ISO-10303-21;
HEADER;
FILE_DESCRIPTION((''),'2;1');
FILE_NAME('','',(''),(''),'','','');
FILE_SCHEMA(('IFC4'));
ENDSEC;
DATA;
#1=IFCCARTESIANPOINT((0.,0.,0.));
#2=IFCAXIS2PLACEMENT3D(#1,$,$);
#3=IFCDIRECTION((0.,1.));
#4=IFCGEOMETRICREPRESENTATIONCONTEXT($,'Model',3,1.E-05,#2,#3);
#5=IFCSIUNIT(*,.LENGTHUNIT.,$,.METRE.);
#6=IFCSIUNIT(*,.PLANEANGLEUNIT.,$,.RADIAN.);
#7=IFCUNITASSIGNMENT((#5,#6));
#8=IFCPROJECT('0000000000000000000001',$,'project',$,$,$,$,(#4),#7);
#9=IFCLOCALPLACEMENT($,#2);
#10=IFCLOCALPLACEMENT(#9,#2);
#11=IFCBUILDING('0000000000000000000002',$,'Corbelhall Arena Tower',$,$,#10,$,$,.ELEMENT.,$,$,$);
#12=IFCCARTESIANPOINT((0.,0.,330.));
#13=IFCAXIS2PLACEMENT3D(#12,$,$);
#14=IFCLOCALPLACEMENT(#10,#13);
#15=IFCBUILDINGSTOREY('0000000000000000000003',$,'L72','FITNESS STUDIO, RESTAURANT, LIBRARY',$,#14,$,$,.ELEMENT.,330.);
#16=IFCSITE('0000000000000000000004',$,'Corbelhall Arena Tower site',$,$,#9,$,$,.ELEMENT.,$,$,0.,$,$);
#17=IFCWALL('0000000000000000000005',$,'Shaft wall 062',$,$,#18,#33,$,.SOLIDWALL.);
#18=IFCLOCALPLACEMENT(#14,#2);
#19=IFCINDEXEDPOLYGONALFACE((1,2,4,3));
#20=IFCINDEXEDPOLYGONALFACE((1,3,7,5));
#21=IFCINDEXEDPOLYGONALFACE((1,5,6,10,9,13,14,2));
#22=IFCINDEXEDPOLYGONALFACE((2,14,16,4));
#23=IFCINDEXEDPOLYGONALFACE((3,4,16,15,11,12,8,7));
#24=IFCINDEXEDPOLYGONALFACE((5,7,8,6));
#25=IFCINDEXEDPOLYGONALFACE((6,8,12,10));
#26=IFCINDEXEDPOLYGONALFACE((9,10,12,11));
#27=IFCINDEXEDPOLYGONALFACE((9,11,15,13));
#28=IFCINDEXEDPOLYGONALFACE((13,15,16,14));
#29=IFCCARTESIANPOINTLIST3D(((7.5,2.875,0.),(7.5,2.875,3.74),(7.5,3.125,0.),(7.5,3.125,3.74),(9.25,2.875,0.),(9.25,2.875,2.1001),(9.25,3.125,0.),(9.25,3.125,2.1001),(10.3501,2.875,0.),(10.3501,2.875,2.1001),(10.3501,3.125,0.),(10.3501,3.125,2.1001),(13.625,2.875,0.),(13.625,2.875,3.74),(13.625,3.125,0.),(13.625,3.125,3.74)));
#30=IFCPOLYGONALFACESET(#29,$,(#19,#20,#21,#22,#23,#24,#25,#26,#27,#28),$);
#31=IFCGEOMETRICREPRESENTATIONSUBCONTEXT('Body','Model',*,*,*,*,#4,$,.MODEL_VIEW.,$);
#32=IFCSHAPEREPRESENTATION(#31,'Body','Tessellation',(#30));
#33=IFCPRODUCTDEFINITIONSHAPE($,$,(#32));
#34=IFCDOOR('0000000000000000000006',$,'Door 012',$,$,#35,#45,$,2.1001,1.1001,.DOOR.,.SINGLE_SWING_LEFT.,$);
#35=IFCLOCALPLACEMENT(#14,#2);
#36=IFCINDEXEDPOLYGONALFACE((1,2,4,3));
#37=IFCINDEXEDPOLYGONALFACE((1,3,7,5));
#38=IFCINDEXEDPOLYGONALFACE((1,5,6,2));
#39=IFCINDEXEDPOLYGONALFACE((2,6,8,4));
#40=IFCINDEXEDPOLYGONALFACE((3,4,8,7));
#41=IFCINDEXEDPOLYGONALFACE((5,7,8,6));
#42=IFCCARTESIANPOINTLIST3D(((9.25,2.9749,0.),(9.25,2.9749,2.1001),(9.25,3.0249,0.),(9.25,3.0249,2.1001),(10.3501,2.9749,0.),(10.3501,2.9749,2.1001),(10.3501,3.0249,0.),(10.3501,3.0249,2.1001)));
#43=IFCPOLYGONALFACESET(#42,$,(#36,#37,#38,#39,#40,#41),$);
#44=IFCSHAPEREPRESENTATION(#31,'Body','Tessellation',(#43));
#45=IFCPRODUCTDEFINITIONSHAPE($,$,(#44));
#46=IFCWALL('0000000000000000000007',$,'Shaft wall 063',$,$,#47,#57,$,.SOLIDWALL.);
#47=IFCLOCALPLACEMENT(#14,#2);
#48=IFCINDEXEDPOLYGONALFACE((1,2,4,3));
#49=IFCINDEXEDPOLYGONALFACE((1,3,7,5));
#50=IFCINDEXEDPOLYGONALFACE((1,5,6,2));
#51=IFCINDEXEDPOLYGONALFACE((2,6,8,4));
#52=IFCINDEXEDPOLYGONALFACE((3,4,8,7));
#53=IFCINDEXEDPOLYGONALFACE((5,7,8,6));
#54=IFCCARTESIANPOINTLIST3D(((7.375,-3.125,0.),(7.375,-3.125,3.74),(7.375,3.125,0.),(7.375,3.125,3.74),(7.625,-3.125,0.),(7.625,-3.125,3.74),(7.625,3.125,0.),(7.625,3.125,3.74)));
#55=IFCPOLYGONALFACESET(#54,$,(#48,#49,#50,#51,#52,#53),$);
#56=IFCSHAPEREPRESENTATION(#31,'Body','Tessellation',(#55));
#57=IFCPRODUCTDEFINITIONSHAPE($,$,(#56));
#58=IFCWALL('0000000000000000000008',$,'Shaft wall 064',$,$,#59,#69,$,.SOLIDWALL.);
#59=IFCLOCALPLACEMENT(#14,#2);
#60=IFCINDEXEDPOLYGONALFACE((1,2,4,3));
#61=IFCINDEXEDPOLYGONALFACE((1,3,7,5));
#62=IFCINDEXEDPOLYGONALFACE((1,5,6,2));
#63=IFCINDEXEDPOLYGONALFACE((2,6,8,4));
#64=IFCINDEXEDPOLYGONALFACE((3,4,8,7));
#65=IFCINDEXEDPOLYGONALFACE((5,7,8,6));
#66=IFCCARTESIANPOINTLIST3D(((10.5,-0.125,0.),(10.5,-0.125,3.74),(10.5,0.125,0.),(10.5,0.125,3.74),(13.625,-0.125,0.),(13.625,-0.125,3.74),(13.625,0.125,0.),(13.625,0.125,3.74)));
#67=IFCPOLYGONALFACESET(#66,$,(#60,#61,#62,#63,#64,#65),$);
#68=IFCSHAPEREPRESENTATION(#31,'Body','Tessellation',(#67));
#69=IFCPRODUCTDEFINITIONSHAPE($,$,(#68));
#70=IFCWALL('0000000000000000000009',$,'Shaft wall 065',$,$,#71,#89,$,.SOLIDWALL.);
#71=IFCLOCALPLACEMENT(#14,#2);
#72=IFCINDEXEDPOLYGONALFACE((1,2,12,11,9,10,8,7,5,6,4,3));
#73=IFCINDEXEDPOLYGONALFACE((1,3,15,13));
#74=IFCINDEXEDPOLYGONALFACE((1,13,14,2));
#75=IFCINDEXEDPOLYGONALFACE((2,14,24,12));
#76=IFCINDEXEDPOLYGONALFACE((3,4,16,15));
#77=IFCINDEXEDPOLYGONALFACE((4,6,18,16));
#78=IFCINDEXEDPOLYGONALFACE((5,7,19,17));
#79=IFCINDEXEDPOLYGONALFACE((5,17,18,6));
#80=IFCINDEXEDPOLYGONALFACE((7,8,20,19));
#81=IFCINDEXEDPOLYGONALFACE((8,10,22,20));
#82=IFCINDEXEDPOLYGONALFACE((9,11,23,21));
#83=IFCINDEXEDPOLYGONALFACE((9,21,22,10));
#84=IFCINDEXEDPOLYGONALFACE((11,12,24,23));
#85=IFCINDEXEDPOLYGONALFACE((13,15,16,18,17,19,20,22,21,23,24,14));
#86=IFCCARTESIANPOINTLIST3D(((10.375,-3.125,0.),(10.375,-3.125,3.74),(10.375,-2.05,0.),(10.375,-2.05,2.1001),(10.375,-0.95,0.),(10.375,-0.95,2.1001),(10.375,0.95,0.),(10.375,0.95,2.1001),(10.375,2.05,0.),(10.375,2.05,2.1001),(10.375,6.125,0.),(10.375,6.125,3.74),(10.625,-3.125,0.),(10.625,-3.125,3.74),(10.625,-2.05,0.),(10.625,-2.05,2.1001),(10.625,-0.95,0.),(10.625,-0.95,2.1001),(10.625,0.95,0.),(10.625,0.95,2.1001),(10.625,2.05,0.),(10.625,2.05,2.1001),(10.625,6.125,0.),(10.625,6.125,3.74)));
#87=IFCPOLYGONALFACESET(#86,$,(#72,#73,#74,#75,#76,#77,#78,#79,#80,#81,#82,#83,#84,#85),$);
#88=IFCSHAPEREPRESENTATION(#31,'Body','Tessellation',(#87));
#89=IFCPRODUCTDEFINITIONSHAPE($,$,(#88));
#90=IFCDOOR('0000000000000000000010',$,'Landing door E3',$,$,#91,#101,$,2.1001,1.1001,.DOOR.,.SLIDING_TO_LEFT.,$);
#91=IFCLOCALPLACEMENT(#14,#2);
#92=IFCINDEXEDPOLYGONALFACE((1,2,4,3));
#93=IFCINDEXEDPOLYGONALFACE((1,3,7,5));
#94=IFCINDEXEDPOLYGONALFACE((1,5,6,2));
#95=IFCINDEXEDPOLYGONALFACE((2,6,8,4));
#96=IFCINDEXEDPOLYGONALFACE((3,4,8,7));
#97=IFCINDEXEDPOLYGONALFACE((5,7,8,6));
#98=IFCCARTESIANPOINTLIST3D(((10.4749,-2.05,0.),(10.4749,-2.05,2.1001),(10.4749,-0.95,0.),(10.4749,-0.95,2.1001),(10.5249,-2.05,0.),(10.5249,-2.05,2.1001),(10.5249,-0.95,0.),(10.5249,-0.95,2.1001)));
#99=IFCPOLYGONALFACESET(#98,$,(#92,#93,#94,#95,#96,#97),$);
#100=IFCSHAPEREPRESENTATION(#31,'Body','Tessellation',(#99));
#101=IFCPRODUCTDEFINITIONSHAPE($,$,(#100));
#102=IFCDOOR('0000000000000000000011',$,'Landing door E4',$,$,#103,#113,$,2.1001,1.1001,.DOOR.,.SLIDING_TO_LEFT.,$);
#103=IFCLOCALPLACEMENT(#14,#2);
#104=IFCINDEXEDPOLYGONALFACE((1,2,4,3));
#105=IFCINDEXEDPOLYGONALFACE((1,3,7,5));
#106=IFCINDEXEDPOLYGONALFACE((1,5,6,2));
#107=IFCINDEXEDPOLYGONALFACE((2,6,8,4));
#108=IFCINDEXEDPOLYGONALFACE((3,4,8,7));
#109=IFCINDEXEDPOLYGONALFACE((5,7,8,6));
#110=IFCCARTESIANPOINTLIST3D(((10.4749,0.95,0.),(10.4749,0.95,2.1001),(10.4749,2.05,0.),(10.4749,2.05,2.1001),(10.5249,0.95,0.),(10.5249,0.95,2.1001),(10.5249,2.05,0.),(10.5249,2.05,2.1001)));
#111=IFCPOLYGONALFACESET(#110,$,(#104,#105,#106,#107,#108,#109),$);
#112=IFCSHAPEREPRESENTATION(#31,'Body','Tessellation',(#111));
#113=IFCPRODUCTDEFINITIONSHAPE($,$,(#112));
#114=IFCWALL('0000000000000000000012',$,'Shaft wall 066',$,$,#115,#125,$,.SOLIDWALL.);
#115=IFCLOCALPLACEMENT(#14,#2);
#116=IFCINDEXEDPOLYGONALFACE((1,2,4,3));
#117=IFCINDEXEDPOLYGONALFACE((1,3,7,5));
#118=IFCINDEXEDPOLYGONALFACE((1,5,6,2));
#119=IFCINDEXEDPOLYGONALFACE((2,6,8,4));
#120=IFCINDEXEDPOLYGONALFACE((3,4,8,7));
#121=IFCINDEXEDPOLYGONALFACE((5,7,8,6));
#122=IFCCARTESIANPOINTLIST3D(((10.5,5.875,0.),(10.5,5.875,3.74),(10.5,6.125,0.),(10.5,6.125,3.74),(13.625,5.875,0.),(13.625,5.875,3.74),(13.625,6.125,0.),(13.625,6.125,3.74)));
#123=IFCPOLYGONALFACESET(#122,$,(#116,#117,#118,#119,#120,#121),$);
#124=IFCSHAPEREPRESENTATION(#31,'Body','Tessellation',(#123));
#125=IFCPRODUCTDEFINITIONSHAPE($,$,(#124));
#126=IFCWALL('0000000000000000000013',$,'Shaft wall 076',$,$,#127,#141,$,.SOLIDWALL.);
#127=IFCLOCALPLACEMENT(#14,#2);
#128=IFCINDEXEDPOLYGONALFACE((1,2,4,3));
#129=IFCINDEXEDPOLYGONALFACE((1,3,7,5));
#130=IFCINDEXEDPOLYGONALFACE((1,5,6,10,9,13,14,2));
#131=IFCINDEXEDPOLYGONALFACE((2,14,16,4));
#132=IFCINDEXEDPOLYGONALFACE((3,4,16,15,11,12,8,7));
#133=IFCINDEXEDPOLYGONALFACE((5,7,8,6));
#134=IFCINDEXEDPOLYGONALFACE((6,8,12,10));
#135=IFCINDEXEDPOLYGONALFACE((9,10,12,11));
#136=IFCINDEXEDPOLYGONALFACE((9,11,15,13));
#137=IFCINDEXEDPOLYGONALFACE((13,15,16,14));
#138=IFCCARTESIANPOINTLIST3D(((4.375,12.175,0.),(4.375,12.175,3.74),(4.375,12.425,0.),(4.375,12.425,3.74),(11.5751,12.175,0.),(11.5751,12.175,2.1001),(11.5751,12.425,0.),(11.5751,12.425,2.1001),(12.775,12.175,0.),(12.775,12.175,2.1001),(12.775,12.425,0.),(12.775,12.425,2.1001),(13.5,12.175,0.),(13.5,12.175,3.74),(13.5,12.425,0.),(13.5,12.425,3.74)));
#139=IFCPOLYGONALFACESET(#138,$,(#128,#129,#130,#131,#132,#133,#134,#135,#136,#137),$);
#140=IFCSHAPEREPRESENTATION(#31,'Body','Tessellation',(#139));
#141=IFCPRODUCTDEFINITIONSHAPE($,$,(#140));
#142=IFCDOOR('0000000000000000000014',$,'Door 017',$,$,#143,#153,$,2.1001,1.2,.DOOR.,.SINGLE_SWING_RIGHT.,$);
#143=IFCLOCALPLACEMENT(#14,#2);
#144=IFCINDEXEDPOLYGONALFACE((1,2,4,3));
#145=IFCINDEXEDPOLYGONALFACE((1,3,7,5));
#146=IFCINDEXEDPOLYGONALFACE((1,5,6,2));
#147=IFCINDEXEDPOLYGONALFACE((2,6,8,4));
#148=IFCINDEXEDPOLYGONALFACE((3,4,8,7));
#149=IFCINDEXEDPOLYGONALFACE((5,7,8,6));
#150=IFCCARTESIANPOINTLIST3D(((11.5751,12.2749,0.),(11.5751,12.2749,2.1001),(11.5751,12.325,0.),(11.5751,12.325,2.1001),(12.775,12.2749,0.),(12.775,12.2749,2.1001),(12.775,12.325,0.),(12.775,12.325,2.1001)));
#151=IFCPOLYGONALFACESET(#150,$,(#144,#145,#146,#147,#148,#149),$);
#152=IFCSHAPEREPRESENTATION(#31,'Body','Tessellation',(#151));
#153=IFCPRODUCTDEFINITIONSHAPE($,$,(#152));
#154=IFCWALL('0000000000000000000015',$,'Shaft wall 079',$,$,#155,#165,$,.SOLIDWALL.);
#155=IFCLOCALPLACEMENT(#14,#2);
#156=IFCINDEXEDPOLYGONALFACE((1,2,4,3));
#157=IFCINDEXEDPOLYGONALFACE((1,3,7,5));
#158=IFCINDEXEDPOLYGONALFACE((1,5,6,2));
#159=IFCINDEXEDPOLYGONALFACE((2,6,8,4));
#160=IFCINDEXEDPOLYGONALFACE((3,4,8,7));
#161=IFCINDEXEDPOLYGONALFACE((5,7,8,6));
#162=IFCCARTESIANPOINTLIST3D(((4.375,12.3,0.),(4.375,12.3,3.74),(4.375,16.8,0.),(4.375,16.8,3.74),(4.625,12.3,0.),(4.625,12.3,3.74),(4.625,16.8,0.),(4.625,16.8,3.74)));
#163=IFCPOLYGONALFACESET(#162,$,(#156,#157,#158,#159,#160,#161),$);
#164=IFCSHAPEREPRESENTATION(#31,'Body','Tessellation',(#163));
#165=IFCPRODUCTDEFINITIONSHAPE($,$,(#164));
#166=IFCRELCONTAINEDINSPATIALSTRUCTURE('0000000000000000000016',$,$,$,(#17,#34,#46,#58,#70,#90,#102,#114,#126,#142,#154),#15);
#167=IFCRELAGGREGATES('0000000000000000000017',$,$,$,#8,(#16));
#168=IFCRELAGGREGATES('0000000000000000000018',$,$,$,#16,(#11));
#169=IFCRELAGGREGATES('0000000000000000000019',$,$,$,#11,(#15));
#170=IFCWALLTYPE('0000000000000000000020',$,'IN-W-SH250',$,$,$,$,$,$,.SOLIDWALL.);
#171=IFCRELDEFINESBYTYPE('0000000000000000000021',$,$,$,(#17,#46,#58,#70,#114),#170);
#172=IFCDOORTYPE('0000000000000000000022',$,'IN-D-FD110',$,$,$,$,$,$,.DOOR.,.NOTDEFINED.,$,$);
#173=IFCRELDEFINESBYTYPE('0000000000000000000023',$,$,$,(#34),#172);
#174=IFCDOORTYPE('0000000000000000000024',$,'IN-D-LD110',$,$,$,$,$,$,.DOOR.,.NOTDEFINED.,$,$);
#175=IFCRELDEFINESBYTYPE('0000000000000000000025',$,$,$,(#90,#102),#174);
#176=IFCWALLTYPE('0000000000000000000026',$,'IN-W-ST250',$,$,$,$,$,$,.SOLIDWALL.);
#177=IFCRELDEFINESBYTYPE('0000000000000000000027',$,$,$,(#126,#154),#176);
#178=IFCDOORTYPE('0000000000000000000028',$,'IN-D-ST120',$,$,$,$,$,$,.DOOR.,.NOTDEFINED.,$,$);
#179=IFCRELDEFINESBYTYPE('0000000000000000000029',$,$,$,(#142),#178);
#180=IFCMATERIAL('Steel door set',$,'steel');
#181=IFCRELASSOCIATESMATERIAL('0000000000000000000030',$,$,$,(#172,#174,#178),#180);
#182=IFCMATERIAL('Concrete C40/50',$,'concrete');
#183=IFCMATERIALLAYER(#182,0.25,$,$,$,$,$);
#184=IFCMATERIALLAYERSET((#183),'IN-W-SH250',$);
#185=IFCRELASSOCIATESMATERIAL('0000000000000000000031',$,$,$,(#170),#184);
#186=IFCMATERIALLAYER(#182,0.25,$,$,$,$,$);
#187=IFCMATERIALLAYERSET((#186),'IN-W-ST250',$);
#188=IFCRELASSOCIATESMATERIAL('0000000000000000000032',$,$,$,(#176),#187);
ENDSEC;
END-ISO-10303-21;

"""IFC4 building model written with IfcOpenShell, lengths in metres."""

from ifc_helpers import new_model, si_unit, direction, frame, frame_2d, origin, place, context, subcontext, project, spatial, rectangle, extrude, material, layer, layer_set, type_object, element, fill, save


model = new_model("IFC4")

# Units and contexts
model_context = context("Model", 3, precision=1e-05, world=origin(), true_north=direction((0.0, 1.0)))
body_context = subcontext(model_context, "Body", "Model", "MODEL_VIEW")
ifc_project = project(units=[si_unit("LENGTHUNIT", "METRE"), si_unit("PLANEANGLEUNIT", "RADIAN")], contexts=[model_context])

# Site, building, storey
site_placement = place(None, origin())
site = spatial("IfcSite", under=ifc_project, at=site_placement, Name="Corbelhall Arena Tower site", CompositionType="ELEMENT", RefElevation=0.0)
building_placement = place(site_placement, origin())
building = spatial("IfcBuilding", under=site, at=building_placement, Name="Corbelhall Arena Tower", CompositionType="ELEMENT")
storey_placement = place(building_placement, frame((0.0, 0.0, 330.0)))
storey = spatial("IfcBuildingStorey", under=building, at=storey_placement, Name="L72", Description="FITNESS STUDIO, RESTAURANT, LIBRARY", CompositionType="ELEMENT", Elevation=330.0)

# Shared definitions
ifc_material_1 = material(Name="Concrete C40/50", Category="concrete")

# Shared definitions
ifc_material_2 = material(Name="Steel door set", Category="steel")
door_type_1 = type_object("IfcDoorType", Name="IN-D-FD110", OperationType="NOTDEFINED", PredefinedType="DOOR", material=ifc_material_2)

# Wall, opening, door
ifc_layer_1 = layer(ifc_material_1, 0.25)
ifc_layer_set_1 = layer_set([ifc_layer_1], Name="IN-W-SH250")
wall_type_1 = type_object("IfcWallType", Name="IN-W-SH250", PredefinedType="SOLIDWALL", material=ifc_layer_set_1)
wall_1_placement = place(storey_placement, frame((7.5, 3.0, 0.0), z_axis=(0.0, 0.0, 1.0), x_axis=(1.0, 0.0, 0.0)))
wall_1 = element("IfcWall", 1, at=wall_1_placement, inside=storey, type_object=wall_type_1, Name="Shaft wall 062", PredefinedType="SOLIDWALL", context=body_context, shape_type="SweptSolid", body=[
    extrude(rectangle(XDim=6.125, YDim=0.25, at=frame_2d((3.0625, 0.0))), origin(), (0.0, 0.0, 1.0), 3.74),
])
opening_1_placement = place(wall_1_placement, frame((1.75, 0.0, 0.0)))
opening_1 = element("IfcOpeningElement", 2, at=opening_1_placement, cuts=wall_1, PredefinedType="OPENING", context=body_context, shape_type="SweptSolid", body=[
    extrude(rectangle(XDim=1.1001, YDim=2.1001, at=frame_2d((0.55, 1.05))), frame((0.0, 0.125, 0.0), z_axis=(0.0, -1.0, 0.0), x_axis=(1.0, 0.0, 0.0)), (0.0, 0.0, 1.0), 0.25),
])
door_1_placement = place(opening_1_placement, origin())
door_1 = element("IfcDoor", 3, at=door_1_placement, inside=storey, type_object=door_type_1, Name="Door 012", OperationType="SINGLE_SWING_LEFT", OverallHeight=2.1001, OverallWidth=1.1001, PredefinedType="DOOR", context=body_context, shape_type="SweptSolid", body=[
    extrude(rectangle(XDim=1.1001, YDim=2.1001, at=frame_2d((0.55, 1.05))), frame((0.0, 0.0249, 0.0), z_axis=(0.0, -1.0, 0.0), x_axis=(1.0, 0.0, 0.0)), (0.0, 0.0, 1.0), 0.05),
])
fill(opening_1, door_1)

# Walls
wall_2_placement = place(storey_placement, frame((7.5, 3.125, 0.0), z_axis=(0.0, 0.0, 1.0), x_axis=(0.0, -1.0, 0.0)))
element("IfcWall", 4, at=wall_2_placement, inside=storey, type_object=wall_type_1, Name="Shaft wall 063", PredefinedType="SOLIDWALL", context=body_context, shape_type="SweptSolid", body=[
    extrude(rectangle(XDim=6.25, YDim=0.25, at=frame_2d((3.125, 0.0))), origin(), (0.0, 0.0, 1.0), 3.74),
])
wall_3_placement = place(storey_placement, frame((10.5, 0.0, 0.0), z_axis=(0.0, 0.0, 1.0), x_axis=(1.0, 0.0, 0.0)))
element("IfcWall", 5, at=wall_3_placement, inside=storey, type_object=wall_type_1, Name="Shaft wall 064", PredefinedType="SOLIDWALL", context=body_context, shape_type="SweptSolid", body=[
    extrude(rectangle(XDim=3.125, YDim=0.25, at=frame_2d((1.5625, 0.0))), origin(), (0.0, 0.0, 1.0), 3.74),
])

# Wall, openings, doors
wall_4_placement = place(storey_placement, frame((10.5, 6.125, 0.0), z_axis=(0.0, 0.0, 1.0), x_axis=(0.0, -1.0, 0.0)))
wall_4 = element("IfcWall", 6, at=wall_4_placement, inside=storey, type_object=wall_type_1, Name="Shaft wall 065", PredefinedType="SOLIDWALL", context=body_context, shape_type="SweptSolid", body=[
    extrude(rectangle(XDim=9.25, YDim=0.25, at=frame_2d((4.625, 0.0))), origin(), (0.0, 0.0, 1.0), 3.74),
])
opening_2_placement = place(wall_4_placement, frame((7.075, 0.0, 0.0)))
opening_2 = element("IfcOpeningElement", 7, at=opening_2_placement, cuts=wall_4, PredefinedType="OPENING", context=body_context, shape_type="SweptSolid", body=[
    extrude(rectangle(XDim=1.1001, YDim=2.1001, at=frame_2d((0.55, 1.05))), frame((0.0, 0.125, 0.0), z_axis=(0.0, -1.0, 0.0), x_axis=(1.0, 0.0, 0.0)), (0.0, 0.0, 1.0), 0.25),
])
opening_3_placement = place(wall_4_placement, frame((4.075, 0.0, 0.0)))
opening_3 = element("IfcOpeningElement", 8, at=opening_3_placement, cuts=wall_4, PredefinedType="OPENING", context=body_context, shape_type="SweptSolid", body=[
    extrude(rectangle(XDim=1.1001, YDim=2.1001, at=frame_2d((0.55, 1.05))), frame((0.0, 0.125, 0.0), z_axis=(0.0, -1.0, 0.0), x_axis=(1.0, 0.0, 0.0)), (0.0, 0.0, 1.0), 0.25),
])
door_type_2 = type_object("IfcDoorType", Name="IN-D-LD110", OperationType="NOTDEFINED", PredefinedType="DOOR", material=ifc_material_2)
door_2_placement = place(opening_2_placement, origin())
door_2 = element("IfcDoor", 9, at=door_2_placement, inside=storey, type_object=door_type_2, Name="Landing door E3", OperationType="SLIDING_TO_LEFT", OverallHeight=2.1001, OverallWidth=1.1001, PredefinedType="DOOR", context=body_context, shape_type="SweptSolid", body=[
    extrude(rectangle(XDim=1.1001, YDim=2.1001, at=frame_2d((0.55, 1.05))), frame((0.0, 0.0249, 0.0), z_axis=(0.0, -1.0, 0.0), x_axis=(1.0, 0.0, 0.0)), (0.0, 0.0, 1.0), 0.05),
])
fill(opening_2, door_2)
door_3_placement = place(opening_3_placement, origin())
door_3 = element("IfcDoor", 10, at=door_3_placement, inside=storey, type_object=door_type_2, Name="Landing door E4", OperationType="SLIDING_TO_LEFT", OverallHeight=2.1001, OverallWidth=1.1001, PredefinedType="DOOR", context=body_context, shape_type="SweptSolid", body=[
    extrude(rectangle(XDim=1.1001, YDim=2.1001, at=frame_2d((0.55, 1.05))), frame((0.0, 0.0249, 0.0), z_axis=(0.0, -1.0, 0.0), x_axis=(1.0, 0.0, 0.0)), (0.0, 0.0, 1.0), 0.05),
])
fill(opening_3, door_3)

# Wall
wall_5_placement = place(storey_placement, frame((10.5, 6.0, 0.0), z_axis=(0.0, 0.0, 1.0), x_axis=(1.0, 0.0, 0.0)))
element("IfcWall", 11, at=wall_5_placement, inside=storey, type_object=wall_type_1, Name="Shaft wall 066", PredefinedType="SOLIDWALL", context=body_context, shape_type="SweptSolid", body=[
    extrude(rectangle(XDim=3.125, YDim=0.25, at=frame_2d((1.5625, 0.0))), origin(), (0.0, 0.0, 1.0), 3.74),
])

# Wall, opening, door
ifc_layer_2 = layer(ifc_material_1, 0.25)
ifc_layer_set_2 = layer_set([ifc_layer_2], Name="IN-W-ST250")
wall_type_2 = type_object("IfcWallType", Name="IN-W-ST250", PredefinedType="SOLIDWALL", material=ifc_layer_set_2)
wall_6_placement = place(storey_placement, frame((4.375, 12.3, 0.0), z_axis=(0.0, 0.0, 1.0), x_axis=(1.0, 0.0, 0.0)))
wall_6 = element("IfcWall", 12, at=wall_6_placement, inside=storey, type_object=wall_type_2, Name="Shaft wall 076", PredefinedType="SOLIDWALL", context=body_context, shape_type="SweptSolid", body=[
    extrude(rectangle(XDim=9.125, YDim=0.25, at=frame_2d((4.5625, 0.0))), origin(), (0.0, 0.0, 1.0), 3.74),
])
opening_4_placement = place(wall_6_placement, frame((7.2, 0.0, 0.0)))
opening_4 = element("IfcOpeningElement", 13, at=opening_4_placement, cuts=wall_6, PredefinedType="OPENING", context=body_context, shape_type="SweptSolid", body=[
    extrude(rectangle(XDim=1.2, YDim=2.1001, at=frame_2d((0.6001, 1.05))), frame((0.0, 0.125, 0.0), z_axis=(0.0, -1.0, 0.0), x_axis=(1.0, 0.0, 0.0)), (0.0, 0.0, 1.0), 0.25),
])
door_type_3 = type_object("IfcDoorType", Name="IN-D-ST120", OperationType="NOTDEFINED", PredefinedType="DOOR", material=ifc_material_2)
door_4_placement = place(opening_4_placement, origin())
door_4 = element("IfcDoor", 14, at=door_4_placement, inside=storey, type_object=door_type_3, Name="Door 017", OperationType="SINGLE_SWING_RIGHT", OverallHeight=2.1001, OverallWidth=1.2, PredefinedType="DOOR", context=body_context, shape_type="SweptSolid", body=[
    extrude(rectangle(XDim=1.2, YDim=2.1001, at=frame_2d((0.6001, 1.05))), frame((0.0, 0.0249, 0.0), z_axis=(0.0, -1.0, 0.0), x_axis=(1.0, 0.0, 0.0)), (0.0, 0.0, 1.0), 0.05),
])
fill(opening_4, door_4)

# Wall
wall_7_placement = place(storey_placement, frame((4.5, 12.3, 0.0), z_axis=(0.0, 0.0, 1.0), x_axis=(0.0, 1.0, 0.0)))
element("IfcWall", 15, at=wall_7_placement, inside=storey, type_object=wall_type_2, Name="Shaft wall 079", PredefinedType="SOLIDWALL", context=body_context, shape_type="SweptSolid", body=[
    extrude(rectangle(XDim=4.5, YDim=0.25, at=frame_2d((2.25, 0.0))), origin(), (0.0, 0.0, 1.0), 3.74),
])

save(model, "model.ifc")
